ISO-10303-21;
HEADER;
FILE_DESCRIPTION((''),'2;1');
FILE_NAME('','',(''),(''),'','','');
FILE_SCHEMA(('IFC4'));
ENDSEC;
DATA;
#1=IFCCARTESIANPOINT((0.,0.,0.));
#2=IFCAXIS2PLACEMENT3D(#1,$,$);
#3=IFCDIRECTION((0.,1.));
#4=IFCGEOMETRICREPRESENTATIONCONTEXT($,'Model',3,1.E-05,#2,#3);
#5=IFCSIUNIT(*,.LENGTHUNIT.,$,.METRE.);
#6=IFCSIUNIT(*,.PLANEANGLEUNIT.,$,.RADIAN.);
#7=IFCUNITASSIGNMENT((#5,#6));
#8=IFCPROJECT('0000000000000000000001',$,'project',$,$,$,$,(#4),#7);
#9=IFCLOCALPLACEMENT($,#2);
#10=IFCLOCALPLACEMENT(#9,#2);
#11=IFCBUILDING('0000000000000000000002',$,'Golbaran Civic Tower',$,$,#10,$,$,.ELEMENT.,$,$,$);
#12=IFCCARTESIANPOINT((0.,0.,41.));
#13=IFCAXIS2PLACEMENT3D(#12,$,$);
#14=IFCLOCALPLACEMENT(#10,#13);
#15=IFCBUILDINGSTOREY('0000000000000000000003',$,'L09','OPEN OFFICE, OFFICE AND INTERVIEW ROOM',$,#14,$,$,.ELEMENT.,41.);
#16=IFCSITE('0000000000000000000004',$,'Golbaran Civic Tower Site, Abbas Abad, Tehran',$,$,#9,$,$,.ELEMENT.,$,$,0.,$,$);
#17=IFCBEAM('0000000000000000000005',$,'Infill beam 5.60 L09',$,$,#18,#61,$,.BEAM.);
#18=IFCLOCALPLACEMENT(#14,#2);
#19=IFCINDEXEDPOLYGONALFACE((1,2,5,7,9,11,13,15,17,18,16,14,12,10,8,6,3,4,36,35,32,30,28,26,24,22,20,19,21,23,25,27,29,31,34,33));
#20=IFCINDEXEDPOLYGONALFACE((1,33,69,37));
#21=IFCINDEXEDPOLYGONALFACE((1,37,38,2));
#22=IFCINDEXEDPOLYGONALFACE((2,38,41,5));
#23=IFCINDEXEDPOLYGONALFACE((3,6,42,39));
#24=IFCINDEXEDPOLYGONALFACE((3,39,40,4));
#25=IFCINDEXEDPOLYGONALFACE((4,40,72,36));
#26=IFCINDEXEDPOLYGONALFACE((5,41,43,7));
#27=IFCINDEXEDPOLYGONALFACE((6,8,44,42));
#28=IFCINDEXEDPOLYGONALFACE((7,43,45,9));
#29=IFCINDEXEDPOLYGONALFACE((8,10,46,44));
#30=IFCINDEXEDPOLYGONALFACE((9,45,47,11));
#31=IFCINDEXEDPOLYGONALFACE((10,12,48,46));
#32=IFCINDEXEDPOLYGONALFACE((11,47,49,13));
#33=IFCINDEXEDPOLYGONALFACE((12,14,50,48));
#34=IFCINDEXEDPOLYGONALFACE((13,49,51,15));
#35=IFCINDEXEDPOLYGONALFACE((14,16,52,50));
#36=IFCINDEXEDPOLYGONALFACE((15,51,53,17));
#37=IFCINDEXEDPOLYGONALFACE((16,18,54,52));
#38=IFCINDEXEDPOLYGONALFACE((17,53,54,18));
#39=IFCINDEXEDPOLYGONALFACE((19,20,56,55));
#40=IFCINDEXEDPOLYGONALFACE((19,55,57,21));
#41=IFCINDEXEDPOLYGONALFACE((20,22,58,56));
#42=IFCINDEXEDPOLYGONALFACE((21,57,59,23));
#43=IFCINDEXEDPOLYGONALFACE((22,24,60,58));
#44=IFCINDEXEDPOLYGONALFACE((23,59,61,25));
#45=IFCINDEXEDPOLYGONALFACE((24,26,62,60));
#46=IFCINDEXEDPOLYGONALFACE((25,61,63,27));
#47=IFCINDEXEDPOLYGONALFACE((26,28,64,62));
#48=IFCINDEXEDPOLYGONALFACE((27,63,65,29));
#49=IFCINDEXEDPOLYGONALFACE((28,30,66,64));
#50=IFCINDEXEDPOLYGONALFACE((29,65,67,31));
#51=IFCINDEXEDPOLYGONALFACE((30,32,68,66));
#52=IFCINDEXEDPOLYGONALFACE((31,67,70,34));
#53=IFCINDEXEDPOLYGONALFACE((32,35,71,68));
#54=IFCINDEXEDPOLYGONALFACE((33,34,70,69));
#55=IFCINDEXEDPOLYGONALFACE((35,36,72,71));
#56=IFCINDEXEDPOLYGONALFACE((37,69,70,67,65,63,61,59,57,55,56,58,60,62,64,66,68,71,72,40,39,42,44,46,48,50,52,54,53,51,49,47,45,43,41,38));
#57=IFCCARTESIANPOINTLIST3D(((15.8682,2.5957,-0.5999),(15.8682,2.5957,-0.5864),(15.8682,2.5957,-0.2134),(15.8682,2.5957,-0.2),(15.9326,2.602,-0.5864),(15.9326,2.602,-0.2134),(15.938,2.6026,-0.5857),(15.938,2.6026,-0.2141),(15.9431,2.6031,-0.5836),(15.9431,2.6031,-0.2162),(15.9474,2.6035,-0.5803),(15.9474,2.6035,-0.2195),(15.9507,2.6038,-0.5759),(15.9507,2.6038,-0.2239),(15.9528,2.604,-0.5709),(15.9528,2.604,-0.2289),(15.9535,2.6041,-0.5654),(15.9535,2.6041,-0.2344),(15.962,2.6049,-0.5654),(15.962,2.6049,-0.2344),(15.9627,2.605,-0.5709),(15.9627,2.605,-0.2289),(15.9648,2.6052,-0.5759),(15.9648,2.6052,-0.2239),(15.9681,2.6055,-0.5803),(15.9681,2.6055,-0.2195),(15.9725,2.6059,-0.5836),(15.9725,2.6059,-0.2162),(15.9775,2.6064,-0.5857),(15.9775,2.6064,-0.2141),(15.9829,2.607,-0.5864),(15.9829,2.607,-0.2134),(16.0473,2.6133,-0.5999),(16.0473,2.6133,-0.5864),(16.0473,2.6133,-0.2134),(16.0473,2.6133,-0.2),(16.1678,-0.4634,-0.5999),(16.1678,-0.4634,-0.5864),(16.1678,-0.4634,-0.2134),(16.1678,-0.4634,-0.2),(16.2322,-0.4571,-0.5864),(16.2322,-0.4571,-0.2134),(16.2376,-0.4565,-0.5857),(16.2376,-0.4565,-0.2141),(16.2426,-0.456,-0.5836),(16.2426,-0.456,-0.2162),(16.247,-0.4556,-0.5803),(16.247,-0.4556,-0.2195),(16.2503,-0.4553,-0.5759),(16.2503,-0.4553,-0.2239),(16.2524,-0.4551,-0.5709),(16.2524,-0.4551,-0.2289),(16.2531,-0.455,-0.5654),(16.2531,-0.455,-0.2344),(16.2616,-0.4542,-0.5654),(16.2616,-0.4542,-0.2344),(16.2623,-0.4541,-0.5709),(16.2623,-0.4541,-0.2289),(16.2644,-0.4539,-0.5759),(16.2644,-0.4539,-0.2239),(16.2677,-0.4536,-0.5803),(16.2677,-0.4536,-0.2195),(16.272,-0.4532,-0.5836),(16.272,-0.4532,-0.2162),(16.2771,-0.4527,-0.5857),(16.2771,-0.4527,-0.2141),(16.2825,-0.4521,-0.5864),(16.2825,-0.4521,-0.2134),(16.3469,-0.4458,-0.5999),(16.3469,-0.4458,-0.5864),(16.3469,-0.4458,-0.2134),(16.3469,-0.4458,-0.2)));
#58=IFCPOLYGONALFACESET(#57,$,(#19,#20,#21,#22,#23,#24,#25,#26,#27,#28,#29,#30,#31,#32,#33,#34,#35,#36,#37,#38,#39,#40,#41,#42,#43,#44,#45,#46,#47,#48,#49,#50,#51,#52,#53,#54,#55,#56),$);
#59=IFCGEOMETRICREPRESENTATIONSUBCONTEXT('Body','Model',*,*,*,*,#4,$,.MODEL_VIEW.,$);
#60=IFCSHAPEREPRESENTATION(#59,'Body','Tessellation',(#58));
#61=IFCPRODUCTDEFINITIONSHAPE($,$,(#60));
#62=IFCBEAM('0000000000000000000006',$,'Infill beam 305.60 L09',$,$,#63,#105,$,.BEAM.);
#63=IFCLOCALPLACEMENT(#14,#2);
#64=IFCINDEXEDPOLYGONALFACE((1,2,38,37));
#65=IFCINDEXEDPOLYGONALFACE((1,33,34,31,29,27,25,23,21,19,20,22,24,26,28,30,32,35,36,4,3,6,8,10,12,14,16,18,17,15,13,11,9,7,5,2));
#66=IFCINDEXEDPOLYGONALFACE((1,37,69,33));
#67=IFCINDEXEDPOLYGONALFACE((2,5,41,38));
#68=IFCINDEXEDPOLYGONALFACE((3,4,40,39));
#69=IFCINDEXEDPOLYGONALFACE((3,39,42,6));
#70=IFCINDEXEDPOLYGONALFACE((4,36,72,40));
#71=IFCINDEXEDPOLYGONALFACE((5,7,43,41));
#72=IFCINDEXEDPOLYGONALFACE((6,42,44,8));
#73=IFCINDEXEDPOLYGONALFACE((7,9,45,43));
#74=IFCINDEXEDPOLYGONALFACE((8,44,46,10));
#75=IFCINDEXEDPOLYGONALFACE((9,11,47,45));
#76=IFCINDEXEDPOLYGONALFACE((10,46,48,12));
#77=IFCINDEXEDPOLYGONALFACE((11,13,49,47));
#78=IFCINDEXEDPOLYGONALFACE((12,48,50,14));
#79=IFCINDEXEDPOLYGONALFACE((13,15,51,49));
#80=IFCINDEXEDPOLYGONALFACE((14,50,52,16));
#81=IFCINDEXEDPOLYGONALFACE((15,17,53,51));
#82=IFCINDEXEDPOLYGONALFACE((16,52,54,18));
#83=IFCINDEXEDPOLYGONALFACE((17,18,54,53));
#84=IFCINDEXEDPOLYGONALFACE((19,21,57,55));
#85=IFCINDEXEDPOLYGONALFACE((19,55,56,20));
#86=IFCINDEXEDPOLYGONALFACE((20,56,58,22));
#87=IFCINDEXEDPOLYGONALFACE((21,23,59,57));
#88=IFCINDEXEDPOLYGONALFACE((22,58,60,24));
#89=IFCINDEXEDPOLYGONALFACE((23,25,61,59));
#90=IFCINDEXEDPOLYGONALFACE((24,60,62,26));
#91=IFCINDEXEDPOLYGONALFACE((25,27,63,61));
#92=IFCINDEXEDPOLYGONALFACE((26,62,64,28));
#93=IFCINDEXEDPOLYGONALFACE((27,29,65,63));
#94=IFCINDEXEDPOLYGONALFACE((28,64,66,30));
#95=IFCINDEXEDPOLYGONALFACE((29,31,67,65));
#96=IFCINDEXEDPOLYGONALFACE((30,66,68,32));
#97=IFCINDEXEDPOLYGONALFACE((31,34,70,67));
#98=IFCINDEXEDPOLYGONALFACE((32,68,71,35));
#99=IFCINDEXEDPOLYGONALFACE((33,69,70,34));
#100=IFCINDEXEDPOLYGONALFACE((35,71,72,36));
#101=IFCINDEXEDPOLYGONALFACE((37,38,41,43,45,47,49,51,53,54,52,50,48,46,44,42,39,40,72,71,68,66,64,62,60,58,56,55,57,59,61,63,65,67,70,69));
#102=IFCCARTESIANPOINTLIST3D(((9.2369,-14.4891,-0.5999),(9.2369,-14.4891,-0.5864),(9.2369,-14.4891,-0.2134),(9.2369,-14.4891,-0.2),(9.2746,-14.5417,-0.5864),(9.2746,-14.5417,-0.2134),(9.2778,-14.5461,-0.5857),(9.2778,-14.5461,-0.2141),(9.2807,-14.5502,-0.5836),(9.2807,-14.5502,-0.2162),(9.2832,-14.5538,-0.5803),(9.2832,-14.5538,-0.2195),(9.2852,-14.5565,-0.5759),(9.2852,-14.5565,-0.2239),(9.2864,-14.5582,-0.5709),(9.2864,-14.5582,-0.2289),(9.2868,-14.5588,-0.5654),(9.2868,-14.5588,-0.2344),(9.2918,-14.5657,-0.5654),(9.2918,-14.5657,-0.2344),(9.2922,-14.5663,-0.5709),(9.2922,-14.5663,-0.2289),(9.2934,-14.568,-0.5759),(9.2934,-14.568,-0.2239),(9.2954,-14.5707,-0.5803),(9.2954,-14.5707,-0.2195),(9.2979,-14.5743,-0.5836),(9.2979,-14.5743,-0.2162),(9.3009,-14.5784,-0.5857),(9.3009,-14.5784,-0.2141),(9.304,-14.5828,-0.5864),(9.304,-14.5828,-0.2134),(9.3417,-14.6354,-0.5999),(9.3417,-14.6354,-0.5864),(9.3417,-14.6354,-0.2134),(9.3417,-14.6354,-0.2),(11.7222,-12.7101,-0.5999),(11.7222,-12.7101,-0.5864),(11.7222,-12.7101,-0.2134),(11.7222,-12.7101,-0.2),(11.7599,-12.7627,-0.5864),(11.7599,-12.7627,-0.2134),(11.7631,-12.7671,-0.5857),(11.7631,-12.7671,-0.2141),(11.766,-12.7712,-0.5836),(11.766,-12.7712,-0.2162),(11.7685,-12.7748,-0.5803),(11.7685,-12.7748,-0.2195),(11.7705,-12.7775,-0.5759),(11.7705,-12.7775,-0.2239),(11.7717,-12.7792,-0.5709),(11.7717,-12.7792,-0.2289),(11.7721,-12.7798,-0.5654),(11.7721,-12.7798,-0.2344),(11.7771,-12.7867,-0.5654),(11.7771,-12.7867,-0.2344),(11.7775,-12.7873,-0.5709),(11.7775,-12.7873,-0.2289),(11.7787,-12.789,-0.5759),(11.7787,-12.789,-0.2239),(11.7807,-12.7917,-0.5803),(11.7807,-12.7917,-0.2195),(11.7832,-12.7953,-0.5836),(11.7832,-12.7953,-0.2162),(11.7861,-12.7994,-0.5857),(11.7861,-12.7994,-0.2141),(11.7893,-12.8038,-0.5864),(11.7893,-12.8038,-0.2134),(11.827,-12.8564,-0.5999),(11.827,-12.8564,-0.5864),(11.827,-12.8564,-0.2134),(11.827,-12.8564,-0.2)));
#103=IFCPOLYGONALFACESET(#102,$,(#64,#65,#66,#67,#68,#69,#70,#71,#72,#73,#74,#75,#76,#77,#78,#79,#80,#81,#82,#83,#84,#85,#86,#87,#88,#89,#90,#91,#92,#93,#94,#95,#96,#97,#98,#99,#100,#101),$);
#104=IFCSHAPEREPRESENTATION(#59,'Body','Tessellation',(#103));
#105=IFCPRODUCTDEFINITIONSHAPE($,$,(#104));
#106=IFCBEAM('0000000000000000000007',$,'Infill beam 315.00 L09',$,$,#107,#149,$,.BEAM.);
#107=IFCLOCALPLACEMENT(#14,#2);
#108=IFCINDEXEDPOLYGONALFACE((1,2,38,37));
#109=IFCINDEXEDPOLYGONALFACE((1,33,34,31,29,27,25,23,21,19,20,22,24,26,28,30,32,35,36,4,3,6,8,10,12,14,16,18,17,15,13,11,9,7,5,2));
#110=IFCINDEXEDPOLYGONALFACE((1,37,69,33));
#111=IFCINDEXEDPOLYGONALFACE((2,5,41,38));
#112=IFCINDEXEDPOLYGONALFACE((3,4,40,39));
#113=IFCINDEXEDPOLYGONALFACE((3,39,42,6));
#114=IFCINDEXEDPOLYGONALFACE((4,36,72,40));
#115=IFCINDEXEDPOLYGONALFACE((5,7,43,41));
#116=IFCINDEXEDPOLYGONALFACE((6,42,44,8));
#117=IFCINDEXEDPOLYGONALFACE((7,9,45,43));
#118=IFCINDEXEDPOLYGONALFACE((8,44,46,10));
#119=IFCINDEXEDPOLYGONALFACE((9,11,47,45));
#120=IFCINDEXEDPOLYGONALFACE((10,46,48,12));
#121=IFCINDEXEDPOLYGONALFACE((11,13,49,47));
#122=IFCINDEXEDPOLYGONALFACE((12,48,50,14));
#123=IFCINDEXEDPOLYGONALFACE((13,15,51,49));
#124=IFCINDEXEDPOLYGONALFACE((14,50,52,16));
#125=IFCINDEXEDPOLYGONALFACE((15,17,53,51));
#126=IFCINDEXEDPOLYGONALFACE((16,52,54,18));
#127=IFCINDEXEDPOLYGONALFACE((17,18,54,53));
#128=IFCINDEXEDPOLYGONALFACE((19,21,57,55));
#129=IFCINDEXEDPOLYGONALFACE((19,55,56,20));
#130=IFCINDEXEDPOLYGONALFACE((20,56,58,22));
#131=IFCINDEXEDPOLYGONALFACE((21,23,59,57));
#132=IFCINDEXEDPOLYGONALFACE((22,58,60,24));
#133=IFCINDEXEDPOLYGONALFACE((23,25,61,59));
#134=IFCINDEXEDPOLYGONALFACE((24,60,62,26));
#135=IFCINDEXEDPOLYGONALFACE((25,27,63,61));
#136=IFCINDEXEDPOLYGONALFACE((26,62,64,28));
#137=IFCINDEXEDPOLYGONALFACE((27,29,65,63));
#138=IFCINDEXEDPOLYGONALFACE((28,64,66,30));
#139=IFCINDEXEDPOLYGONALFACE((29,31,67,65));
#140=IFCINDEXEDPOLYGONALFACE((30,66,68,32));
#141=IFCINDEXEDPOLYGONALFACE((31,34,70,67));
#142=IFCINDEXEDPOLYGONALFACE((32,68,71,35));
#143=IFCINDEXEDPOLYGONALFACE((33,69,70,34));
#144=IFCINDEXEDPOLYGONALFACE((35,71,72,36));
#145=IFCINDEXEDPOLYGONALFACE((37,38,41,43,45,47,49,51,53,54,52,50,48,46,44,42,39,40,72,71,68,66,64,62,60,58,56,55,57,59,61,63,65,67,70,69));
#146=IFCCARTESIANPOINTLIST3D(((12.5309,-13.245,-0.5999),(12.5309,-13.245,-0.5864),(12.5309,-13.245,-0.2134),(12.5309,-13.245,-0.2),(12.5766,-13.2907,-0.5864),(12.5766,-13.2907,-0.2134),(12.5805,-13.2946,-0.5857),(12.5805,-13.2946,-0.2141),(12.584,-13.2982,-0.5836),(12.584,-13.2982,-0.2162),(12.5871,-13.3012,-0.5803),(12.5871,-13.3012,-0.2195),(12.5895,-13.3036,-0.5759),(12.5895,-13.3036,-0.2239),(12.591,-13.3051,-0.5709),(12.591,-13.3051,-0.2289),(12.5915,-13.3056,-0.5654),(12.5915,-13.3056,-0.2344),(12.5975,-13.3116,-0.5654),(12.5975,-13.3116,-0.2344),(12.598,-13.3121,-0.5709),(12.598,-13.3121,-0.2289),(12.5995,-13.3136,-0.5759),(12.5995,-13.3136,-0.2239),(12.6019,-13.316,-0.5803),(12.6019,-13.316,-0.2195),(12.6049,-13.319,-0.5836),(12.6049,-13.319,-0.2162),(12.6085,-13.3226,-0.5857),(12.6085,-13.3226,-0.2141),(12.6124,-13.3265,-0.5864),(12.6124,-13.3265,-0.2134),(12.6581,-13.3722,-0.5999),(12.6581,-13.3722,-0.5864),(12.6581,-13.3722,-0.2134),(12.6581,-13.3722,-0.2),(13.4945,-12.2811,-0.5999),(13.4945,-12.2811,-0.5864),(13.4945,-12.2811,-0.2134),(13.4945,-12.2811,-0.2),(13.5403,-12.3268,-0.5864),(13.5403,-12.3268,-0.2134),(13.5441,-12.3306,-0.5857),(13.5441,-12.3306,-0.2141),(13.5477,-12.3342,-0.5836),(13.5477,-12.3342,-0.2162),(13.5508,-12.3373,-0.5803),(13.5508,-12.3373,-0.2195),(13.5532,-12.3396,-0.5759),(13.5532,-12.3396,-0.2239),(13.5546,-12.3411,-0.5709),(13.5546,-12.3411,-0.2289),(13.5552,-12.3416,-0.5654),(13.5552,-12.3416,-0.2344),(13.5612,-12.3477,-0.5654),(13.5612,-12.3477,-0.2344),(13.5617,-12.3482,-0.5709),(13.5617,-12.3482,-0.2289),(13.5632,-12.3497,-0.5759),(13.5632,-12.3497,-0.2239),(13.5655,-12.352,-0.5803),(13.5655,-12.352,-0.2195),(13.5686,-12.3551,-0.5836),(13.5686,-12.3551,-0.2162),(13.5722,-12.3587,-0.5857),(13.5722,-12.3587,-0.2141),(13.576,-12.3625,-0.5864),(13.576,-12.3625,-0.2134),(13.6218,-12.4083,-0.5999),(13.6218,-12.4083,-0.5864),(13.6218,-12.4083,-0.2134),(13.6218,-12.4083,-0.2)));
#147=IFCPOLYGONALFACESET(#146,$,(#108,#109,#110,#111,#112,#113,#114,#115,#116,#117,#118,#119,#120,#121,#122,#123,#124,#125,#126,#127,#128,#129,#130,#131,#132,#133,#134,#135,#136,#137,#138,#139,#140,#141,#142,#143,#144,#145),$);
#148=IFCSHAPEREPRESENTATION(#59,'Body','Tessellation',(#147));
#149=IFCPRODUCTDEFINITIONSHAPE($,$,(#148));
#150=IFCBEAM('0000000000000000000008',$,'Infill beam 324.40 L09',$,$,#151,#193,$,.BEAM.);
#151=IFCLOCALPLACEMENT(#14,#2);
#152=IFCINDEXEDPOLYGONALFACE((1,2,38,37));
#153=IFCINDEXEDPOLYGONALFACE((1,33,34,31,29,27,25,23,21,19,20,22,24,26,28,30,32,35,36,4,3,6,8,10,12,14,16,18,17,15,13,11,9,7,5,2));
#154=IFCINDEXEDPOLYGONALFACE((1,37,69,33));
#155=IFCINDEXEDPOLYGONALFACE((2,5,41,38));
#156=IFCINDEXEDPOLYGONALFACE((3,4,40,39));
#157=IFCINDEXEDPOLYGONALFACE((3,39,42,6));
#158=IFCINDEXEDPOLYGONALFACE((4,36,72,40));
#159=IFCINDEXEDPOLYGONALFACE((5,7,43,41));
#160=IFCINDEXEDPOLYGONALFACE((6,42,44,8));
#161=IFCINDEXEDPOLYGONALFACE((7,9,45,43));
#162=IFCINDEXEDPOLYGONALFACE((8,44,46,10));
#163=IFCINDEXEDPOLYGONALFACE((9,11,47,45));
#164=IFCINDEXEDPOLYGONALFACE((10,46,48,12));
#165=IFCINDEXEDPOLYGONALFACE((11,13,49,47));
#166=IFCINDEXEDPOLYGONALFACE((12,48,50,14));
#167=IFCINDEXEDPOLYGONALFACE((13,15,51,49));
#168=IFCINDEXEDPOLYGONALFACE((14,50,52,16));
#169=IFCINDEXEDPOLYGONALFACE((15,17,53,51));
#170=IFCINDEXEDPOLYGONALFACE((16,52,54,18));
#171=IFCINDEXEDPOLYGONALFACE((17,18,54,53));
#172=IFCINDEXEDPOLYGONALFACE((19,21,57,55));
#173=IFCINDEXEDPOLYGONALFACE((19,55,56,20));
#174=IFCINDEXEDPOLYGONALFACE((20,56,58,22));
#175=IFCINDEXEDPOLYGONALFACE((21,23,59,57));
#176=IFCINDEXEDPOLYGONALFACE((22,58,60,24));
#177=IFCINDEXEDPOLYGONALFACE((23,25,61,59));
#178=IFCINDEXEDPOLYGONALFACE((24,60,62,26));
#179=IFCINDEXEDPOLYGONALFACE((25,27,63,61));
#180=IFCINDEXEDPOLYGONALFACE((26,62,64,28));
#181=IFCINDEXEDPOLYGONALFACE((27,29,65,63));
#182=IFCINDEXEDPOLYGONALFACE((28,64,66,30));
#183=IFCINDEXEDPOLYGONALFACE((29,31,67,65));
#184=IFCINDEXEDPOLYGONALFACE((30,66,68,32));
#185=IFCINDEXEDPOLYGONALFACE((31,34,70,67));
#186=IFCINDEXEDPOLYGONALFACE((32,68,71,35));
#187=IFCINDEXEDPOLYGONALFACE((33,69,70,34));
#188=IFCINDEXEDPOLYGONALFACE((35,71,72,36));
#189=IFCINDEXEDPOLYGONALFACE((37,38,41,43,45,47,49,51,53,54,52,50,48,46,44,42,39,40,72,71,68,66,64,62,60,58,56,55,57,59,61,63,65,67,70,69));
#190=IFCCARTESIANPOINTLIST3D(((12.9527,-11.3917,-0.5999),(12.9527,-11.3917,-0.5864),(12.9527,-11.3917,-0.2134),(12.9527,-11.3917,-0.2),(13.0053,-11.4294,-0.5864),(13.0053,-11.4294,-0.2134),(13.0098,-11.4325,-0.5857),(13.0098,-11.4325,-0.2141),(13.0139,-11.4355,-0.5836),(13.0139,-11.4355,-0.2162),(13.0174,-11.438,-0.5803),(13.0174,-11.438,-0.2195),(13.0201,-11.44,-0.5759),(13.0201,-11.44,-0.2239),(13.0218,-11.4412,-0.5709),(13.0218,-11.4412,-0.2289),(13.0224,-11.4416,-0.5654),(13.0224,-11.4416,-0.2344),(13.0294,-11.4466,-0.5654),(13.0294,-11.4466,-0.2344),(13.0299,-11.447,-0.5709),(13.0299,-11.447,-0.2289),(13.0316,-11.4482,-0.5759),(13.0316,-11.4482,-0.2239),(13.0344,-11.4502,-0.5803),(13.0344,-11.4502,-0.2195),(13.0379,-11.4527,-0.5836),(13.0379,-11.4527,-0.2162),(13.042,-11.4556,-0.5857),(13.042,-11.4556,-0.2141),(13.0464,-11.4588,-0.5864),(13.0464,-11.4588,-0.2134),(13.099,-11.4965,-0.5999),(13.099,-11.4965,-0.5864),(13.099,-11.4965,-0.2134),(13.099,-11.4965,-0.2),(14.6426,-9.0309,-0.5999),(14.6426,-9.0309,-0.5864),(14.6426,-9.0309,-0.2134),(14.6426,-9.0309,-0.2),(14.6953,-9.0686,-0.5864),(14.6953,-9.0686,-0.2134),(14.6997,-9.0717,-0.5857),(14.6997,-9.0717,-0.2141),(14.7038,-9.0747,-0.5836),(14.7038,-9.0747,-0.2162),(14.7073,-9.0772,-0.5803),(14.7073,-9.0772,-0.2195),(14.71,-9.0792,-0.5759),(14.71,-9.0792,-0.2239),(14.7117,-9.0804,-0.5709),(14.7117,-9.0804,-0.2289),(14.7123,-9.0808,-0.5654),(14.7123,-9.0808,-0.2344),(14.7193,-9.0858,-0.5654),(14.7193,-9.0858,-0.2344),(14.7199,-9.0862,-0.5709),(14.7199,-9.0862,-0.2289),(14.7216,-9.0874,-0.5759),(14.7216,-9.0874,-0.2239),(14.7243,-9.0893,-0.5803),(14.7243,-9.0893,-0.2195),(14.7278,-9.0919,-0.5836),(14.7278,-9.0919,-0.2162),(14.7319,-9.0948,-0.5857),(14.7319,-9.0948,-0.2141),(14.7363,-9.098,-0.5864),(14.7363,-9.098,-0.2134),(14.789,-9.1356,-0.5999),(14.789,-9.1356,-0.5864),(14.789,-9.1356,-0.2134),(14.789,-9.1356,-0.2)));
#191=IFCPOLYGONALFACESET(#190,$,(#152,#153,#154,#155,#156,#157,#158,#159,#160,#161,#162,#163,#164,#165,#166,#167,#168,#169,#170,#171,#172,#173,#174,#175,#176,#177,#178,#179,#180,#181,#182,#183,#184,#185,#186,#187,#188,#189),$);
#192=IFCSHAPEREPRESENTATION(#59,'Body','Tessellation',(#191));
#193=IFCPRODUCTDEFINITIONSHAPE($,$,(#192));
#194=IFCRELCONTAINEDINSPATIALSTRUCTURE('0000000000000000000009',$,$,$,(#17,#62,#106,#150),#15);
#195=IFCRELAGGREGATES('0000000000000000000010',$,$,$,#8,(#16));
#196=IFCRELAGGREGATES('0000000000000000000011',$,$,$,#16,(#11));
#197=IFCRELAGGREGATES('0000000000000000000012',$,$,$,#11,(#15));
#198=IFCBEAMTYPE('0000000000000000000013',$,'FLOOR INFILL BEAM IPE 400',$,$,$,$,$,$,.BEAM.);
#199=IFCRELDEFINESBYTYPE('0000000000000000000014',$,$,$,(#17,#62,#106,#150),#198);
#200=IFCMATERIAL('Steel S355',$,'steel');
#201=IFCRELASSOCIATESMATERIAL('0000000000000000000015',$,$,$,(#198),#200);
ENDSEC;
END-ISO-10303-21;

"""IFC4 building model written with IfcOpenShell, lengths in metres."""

from ifc_helpers import new_model, si_unit, direction, frame, origin, origin_2d, place, context, subcontext, project, spatial, i_section, extrude, material, material_profile, profile_set, type_object, element, save


model = new_model("IFC4")

# Units and contexts
model_context = context("Model", 3, precision=1e-05, world=origin(), true_north=direction((0.0, 1.0)))
body_context = subcontext(model_context, "Body", "Model", "MODEL_VIEW")
ifc_project = project(units=[si_unit("LENGTHUNIT", "METRE"), si_unit("PLANEANGLEUNIT", "RADIAN")], contexts=[model_context])

# Site, building, storey
site_placement = place(None, origin())
site = spatial("IfcSite", under=ifc_project, at=site_placement, Name="Golbaran Civic Tower Site, Abbas Abad, Tehran", CompositionType="ELEMENT", RefElevation=0.0)
building_placement = place(site_placement, origin())
building = spatial("IfcBuilding", under=site, at=building_placement, Name="Golbaran Civic Tower", CompositionType="ELEMENT")
storey_placement = place(building_placement, frame((0.0, 0.0, 41.0)))
storey = spatial("IfcBuildingStorey", under=building, at=storey_placement, Name="L09", Description="OPEN OFFICE, OFFICE AND INTERVIEW ROOM", CompositionType="ELEMENT", Elevation=41.0)

# Beams
ifc_material_1 = material(Name="Steel S355", Category="steel")
ifc_material_profile_1 = material_profile(ifc_material_1, i_section(OverallWidth=0.1799, OverallDepth=0.3999, WebThickness=0.0085, FlangeThickness=0.0134, FilletRadius=0.021, at=origin_2d()), Name="IPE 400")
ifc_profile_set_1 = profile_set([ifc_material_profile_1], Name="Steel S355")
beam_type_1 = type_object("IfcBeamType", Name="FLOOR INFILL BEAM IPE 400", PredefinedType="BEAM", material=ifc_profile_set_1)
beam_1_placement = place(storey_placement, frame((16.2573, -0.4546, -0.3999), z_axis=(-0.097459, 0.99524, 0.0), x_axis=(-0.99524, -0.097459, 0.0)))
element("IfcBeam", 1, at=beam_1_placement, inside=storey, type_object=beam_type_1, Name="Infill beam 5.60 L09", PredefinedType="BEAM", context=body_context, shape_type="SweptSolid", body=[
    extrude(i_section(OverallWidth=0.1799, OverallDepth=0.3999, WebThickness=0.0085, FlangeThickness=0.0134, FilletRadius=0.021, at=origin_2d()), origin(), (0.0, 0.0, 1.0), 3.0737),
])
beam_2_placement = place(storey_placement, frame((9.2893, -14.5623, -0.3999), z_axis=(0.813145, 0.582061, 0.0), x_axis=(-0.582061, 0.813145, 0.0)))
element("IfcBeam", 2, at=beam_2_placement, inside=storey, type_object=beam_type_1, Name="Infill beam 305.60 L09", PredefinedType="BEAM", context=body_context, shape_type="SweptSolid", body=[
    extrude(i_section(OverallWidth=0.1799, OverallDepth=0.3999, WebThickness=0.0085, FlangeThickness=0.0134, FilletRadius=0.021, at=origin_2d()), origin(), (0.0, 0.0, 1.0), 3.0564),
])
beam_3_placement = place(storey_placement, frame((12.5945, -13.3086, -0.3999), z_axis=(0.707017, 0.707196, 0.0), x_axis=(-0.707196, 0.707017, 0.0)))
element("IfcBeam", 3, at=beam_3_placement, inside=storey, type_object=beam_type_1, Name="Infill beam 315.00 L09", PredefinedType="BEAM", context=body_context, shape_type="SweptSolid", body=[
    extrude(i_section(OverallWidth=0.1799, OverallDepth=0.3999, WebThickness=0.0085, FlangeThickness=0.0134, FilletRadius=0.021, at=origin_2d()), origin(), (0.0, 0.0, 1.0), 1.363),
])
beam_4_placement = place(storey_placement, frame((13.0259, -11.4441, -0.3999), z_axis=(0.582065, 0.813142, 0.0), x_axis=(-0.813142, 0.582065, 0.0)))
element("IfcBeam", 4, at=beam_4_placement, inside=storey, type_object=beam_type_1, Name="Infill beam 324.40 L09", PredefinedType="BEAM", context=body_context, shape_type="SweptSolid", body=[
    extrude(i_section(OverallWidth=0.1799, OverallDepth=0.3999, WebThickness=0.0085, FlangeThickness=0.0134, FilletRadius=0.021, at=origin_2d()), origin(), (0.0, 0.0, 1.0), 2.9033),
])

save(model, "model.ifc")
